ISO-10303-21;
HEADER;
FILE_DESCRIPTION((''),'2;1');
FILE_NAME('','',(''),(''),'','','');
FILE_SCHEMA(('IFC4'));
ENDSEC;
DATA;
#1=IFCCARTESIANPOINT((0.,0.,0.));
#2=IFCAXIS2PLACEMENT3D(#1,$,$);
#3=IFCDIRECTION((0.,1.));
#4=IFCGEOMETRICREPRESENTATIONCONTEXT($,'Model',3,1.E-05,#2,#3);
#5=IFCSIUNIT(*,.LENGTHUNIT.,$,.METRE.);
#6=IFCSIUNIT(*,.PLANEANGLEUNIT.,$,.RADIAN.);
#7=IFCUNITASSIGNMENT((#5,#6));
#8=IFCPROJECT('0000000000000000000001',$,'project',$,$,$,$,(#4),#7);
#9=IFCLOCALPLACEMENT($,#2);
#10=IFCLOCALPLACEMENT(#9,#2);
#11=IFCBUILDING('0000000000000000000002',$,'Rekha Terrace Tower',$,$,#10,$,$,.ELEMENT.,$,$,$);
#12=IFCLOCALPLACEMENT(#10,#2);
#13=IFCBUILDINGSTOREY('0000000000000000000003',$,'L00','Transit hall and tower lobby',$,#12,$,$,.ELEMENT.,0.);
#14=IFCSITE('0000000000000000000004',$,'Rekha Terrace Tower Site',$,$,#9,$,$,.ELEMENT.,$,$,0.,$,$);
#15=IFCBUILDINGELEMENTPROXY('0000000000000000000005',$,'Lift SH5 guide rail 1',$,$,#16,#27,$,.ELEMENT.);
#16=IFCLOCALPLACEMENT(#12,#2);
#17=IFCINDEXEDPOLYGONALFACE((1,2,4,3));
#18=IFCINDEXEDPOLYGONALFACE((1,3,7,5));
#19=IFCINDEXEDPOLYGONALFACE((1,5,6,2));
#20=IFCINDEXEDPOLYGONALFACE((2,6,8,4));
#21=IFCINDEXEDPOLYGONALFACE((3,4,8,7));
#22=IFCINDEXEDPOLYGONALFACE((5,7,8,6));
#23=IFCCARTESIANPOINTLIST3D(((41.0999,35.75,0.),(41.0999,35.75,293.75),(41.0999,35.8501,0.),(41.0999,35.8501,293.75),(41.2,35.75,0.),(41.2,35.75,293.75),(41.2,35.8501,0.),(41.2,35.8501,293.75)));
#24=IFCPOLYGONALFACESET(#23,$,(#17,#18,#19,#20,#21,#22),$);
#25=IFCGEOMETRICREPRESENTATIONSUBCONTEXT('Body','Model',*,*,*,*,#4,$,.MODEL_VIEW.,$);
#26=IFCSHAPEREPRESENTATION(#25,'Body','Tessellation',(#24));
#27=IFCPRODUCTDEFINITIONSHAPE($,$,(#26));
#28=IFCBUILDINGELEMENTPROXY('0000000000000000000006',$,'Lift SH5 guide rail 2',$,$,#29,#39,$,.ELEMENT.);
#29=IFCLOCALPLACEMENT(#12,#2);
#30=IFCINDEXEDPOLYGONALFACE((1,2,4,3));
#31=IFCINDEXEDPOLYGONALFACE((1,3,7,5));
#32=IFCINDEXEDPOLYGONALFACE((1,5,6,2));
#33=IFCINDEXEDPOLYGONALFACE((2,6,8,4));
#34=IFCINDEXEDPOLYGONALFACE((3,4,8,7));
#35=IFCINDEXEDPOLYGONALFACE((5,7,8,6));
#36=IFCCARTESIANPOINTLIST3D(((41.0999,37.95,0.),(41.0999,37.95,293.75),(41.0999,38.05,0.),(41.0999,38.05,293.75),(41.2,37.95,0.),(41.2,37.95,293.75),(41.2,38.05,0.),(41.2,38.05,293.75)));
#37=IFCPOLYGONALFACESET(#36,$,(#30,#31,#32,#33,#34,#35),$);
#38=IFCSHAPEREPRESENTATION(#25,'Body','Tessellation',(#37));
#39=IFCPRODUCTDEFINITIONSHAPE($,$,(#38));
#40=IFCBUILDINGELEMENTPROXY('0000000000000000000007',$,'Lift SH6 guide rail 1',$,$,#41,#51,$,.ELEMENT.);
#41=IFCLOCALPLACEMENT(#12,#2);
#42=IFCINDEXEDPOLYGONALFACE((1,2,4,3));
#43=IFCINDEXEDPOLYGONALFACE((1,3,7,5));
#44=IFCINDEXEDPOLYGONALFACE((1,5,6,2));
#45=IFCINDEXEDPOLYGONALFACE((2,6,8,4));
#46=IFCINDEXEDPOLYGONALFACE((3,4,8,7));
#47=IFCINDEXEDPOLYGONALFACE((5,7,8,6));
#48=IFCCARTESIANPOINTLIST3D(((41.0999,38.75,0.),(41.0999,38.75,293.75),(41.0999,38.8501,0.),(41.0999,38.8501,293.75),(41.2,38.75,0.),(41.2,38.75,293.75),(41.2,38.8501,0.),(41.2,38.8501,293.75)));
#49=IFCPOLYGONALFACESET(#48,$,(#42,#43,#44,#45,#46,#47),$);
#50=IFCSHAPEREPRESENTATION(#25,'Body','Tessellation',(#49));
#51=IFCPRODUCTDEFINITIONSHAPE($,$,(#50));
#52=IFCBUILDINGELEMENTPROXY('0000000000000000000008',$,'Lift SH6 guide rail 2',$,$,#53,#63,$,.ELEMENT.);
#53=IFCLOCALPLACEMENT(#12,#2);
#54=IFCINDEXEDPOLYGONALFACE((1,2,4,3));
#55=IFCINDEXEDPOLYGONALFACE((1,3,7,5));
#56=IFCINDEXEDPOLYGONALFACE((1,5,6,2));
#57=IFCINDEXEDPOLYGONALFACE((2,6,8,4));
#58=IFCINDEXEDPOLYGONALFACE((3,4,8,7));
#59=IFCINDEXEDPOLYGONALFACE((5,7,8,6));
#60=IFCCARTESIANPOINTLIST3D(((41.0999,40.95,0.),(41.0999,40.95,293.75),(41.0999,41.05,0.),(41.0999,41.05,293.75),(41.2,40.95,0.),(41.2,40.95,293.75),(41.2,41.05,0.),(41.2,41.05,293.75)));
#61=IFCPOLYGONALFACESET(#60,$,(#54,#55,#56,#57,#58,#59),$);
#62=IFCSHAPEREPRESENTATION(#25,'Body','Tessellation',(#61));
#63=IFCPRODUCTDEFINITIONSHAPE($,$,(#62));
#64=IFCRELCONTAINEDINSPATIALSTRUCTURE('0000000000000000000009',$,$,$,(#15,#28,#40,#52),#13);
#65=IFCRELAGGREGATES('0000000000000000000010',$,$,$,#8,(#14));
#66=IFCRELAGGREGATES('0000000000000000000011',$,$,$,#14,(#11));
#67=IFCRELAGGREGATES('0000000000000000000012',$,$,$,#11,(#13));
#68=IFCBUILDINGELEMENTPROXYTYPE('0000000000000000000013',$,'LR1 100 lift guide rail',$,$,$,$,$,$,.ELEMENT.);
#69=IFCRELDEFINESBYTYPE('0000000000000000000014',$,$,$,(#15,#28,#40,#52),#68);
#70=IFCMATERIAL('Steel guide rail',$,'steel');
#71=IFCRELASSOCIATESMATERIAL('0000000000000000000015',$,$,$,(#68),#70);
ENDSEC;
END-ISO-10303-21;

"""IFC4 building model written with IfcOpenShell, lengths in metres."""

from ifc_helpers import new_model, si_unit, direction, frame, origin, origin_2d, place, context, subcontext, project, spatial, rectangle, extrude, material, type_object, element, save


model = new_model("IFC4")

# Units and contexts
model_context = context("Model", 3, precision=1e-05, world=origin(), true_north=direction((0.0, 1.0)))
body_context = subcontext(model_context, "Body", "Model", "MODEL_VIEW")
ifc_project = project(units=[si_unit("LENGTHUNIT", "METRE"), si_unit("PLANEANGLEUNIT", "RADIAN")], contexts=[model_context])

# Site, building, storey
site_placement = place(None, origin())
site = spatial("IfcSite", under=ifc_project, at=site_placement, Name="Rekha Terrace Tower Site", CompositionType="ELEMENT", RefElevation=0.0)
building_placement = place(site_placement, origin())
building = spatial("IfcBuilding", under=site, at=building_placement, Name="Rekha Terrace Tower", CompositionType="ELEMENT")
storey_placement = place(building_placement, origin())
storey = spatial("IfcBuildingStorey", under=building, at=storey_placement, Name="L00", Description="Transit hall and tower lobby", CompositionType="ELEMENT", Elevation=0.0)

# Building element proxies
ifc_material_1 = material(Name="Steel guide rail", Category="steel")
building_element_proxy_type = type_object("IfcBuildingElementProxyType", Name="LR1 100 lift guide rail", PredefinedType="ELEMENT", material=ifc_material_1)
for number, where, z_axis, x_axis, name in (
    (1, (41.1499, 35.8, 0.0), (0.0, 0.0, 1.0), (1.0, 0.0, 0.0), "Lift SH5 guide rail 1"),
    (2, (41.1499, 38.0, 0.0), (0.0, 0.0, 1.0), (1.0, 0.0, 0.0), "Lift SH5 guide rail 2"),
    (3, (41.1499, 38.8, 0.0), (0.0, 0.0, 1.0), (1.0, 0.0, 0.0), "Lift SH6 guide rail 1"),
    (4, (41.1499, 41.0, 0.0), (0.0, 0.0, 1.0), (1.0, 0.0, 0.0), "Lift SH6 guide rail 2"),
):
    element("IfcBuildingElementProxy", number, at=place(storey_placement, frame(where, z_axis=z_axis, x_axis=x_axis)), inside=storey, type_object=building_element_proxy_type, Name=name, PredefinedType="ELEMENT", context=body_context, shape_type="SweptSolid", body=[
        extrude(rectangle(XDim=0.1001, YDim=0.1001, at=origin_2d()), origin(), (0.0, 0.0, 1.0), 293.75),
    ])

save(model, "model.ifc")
